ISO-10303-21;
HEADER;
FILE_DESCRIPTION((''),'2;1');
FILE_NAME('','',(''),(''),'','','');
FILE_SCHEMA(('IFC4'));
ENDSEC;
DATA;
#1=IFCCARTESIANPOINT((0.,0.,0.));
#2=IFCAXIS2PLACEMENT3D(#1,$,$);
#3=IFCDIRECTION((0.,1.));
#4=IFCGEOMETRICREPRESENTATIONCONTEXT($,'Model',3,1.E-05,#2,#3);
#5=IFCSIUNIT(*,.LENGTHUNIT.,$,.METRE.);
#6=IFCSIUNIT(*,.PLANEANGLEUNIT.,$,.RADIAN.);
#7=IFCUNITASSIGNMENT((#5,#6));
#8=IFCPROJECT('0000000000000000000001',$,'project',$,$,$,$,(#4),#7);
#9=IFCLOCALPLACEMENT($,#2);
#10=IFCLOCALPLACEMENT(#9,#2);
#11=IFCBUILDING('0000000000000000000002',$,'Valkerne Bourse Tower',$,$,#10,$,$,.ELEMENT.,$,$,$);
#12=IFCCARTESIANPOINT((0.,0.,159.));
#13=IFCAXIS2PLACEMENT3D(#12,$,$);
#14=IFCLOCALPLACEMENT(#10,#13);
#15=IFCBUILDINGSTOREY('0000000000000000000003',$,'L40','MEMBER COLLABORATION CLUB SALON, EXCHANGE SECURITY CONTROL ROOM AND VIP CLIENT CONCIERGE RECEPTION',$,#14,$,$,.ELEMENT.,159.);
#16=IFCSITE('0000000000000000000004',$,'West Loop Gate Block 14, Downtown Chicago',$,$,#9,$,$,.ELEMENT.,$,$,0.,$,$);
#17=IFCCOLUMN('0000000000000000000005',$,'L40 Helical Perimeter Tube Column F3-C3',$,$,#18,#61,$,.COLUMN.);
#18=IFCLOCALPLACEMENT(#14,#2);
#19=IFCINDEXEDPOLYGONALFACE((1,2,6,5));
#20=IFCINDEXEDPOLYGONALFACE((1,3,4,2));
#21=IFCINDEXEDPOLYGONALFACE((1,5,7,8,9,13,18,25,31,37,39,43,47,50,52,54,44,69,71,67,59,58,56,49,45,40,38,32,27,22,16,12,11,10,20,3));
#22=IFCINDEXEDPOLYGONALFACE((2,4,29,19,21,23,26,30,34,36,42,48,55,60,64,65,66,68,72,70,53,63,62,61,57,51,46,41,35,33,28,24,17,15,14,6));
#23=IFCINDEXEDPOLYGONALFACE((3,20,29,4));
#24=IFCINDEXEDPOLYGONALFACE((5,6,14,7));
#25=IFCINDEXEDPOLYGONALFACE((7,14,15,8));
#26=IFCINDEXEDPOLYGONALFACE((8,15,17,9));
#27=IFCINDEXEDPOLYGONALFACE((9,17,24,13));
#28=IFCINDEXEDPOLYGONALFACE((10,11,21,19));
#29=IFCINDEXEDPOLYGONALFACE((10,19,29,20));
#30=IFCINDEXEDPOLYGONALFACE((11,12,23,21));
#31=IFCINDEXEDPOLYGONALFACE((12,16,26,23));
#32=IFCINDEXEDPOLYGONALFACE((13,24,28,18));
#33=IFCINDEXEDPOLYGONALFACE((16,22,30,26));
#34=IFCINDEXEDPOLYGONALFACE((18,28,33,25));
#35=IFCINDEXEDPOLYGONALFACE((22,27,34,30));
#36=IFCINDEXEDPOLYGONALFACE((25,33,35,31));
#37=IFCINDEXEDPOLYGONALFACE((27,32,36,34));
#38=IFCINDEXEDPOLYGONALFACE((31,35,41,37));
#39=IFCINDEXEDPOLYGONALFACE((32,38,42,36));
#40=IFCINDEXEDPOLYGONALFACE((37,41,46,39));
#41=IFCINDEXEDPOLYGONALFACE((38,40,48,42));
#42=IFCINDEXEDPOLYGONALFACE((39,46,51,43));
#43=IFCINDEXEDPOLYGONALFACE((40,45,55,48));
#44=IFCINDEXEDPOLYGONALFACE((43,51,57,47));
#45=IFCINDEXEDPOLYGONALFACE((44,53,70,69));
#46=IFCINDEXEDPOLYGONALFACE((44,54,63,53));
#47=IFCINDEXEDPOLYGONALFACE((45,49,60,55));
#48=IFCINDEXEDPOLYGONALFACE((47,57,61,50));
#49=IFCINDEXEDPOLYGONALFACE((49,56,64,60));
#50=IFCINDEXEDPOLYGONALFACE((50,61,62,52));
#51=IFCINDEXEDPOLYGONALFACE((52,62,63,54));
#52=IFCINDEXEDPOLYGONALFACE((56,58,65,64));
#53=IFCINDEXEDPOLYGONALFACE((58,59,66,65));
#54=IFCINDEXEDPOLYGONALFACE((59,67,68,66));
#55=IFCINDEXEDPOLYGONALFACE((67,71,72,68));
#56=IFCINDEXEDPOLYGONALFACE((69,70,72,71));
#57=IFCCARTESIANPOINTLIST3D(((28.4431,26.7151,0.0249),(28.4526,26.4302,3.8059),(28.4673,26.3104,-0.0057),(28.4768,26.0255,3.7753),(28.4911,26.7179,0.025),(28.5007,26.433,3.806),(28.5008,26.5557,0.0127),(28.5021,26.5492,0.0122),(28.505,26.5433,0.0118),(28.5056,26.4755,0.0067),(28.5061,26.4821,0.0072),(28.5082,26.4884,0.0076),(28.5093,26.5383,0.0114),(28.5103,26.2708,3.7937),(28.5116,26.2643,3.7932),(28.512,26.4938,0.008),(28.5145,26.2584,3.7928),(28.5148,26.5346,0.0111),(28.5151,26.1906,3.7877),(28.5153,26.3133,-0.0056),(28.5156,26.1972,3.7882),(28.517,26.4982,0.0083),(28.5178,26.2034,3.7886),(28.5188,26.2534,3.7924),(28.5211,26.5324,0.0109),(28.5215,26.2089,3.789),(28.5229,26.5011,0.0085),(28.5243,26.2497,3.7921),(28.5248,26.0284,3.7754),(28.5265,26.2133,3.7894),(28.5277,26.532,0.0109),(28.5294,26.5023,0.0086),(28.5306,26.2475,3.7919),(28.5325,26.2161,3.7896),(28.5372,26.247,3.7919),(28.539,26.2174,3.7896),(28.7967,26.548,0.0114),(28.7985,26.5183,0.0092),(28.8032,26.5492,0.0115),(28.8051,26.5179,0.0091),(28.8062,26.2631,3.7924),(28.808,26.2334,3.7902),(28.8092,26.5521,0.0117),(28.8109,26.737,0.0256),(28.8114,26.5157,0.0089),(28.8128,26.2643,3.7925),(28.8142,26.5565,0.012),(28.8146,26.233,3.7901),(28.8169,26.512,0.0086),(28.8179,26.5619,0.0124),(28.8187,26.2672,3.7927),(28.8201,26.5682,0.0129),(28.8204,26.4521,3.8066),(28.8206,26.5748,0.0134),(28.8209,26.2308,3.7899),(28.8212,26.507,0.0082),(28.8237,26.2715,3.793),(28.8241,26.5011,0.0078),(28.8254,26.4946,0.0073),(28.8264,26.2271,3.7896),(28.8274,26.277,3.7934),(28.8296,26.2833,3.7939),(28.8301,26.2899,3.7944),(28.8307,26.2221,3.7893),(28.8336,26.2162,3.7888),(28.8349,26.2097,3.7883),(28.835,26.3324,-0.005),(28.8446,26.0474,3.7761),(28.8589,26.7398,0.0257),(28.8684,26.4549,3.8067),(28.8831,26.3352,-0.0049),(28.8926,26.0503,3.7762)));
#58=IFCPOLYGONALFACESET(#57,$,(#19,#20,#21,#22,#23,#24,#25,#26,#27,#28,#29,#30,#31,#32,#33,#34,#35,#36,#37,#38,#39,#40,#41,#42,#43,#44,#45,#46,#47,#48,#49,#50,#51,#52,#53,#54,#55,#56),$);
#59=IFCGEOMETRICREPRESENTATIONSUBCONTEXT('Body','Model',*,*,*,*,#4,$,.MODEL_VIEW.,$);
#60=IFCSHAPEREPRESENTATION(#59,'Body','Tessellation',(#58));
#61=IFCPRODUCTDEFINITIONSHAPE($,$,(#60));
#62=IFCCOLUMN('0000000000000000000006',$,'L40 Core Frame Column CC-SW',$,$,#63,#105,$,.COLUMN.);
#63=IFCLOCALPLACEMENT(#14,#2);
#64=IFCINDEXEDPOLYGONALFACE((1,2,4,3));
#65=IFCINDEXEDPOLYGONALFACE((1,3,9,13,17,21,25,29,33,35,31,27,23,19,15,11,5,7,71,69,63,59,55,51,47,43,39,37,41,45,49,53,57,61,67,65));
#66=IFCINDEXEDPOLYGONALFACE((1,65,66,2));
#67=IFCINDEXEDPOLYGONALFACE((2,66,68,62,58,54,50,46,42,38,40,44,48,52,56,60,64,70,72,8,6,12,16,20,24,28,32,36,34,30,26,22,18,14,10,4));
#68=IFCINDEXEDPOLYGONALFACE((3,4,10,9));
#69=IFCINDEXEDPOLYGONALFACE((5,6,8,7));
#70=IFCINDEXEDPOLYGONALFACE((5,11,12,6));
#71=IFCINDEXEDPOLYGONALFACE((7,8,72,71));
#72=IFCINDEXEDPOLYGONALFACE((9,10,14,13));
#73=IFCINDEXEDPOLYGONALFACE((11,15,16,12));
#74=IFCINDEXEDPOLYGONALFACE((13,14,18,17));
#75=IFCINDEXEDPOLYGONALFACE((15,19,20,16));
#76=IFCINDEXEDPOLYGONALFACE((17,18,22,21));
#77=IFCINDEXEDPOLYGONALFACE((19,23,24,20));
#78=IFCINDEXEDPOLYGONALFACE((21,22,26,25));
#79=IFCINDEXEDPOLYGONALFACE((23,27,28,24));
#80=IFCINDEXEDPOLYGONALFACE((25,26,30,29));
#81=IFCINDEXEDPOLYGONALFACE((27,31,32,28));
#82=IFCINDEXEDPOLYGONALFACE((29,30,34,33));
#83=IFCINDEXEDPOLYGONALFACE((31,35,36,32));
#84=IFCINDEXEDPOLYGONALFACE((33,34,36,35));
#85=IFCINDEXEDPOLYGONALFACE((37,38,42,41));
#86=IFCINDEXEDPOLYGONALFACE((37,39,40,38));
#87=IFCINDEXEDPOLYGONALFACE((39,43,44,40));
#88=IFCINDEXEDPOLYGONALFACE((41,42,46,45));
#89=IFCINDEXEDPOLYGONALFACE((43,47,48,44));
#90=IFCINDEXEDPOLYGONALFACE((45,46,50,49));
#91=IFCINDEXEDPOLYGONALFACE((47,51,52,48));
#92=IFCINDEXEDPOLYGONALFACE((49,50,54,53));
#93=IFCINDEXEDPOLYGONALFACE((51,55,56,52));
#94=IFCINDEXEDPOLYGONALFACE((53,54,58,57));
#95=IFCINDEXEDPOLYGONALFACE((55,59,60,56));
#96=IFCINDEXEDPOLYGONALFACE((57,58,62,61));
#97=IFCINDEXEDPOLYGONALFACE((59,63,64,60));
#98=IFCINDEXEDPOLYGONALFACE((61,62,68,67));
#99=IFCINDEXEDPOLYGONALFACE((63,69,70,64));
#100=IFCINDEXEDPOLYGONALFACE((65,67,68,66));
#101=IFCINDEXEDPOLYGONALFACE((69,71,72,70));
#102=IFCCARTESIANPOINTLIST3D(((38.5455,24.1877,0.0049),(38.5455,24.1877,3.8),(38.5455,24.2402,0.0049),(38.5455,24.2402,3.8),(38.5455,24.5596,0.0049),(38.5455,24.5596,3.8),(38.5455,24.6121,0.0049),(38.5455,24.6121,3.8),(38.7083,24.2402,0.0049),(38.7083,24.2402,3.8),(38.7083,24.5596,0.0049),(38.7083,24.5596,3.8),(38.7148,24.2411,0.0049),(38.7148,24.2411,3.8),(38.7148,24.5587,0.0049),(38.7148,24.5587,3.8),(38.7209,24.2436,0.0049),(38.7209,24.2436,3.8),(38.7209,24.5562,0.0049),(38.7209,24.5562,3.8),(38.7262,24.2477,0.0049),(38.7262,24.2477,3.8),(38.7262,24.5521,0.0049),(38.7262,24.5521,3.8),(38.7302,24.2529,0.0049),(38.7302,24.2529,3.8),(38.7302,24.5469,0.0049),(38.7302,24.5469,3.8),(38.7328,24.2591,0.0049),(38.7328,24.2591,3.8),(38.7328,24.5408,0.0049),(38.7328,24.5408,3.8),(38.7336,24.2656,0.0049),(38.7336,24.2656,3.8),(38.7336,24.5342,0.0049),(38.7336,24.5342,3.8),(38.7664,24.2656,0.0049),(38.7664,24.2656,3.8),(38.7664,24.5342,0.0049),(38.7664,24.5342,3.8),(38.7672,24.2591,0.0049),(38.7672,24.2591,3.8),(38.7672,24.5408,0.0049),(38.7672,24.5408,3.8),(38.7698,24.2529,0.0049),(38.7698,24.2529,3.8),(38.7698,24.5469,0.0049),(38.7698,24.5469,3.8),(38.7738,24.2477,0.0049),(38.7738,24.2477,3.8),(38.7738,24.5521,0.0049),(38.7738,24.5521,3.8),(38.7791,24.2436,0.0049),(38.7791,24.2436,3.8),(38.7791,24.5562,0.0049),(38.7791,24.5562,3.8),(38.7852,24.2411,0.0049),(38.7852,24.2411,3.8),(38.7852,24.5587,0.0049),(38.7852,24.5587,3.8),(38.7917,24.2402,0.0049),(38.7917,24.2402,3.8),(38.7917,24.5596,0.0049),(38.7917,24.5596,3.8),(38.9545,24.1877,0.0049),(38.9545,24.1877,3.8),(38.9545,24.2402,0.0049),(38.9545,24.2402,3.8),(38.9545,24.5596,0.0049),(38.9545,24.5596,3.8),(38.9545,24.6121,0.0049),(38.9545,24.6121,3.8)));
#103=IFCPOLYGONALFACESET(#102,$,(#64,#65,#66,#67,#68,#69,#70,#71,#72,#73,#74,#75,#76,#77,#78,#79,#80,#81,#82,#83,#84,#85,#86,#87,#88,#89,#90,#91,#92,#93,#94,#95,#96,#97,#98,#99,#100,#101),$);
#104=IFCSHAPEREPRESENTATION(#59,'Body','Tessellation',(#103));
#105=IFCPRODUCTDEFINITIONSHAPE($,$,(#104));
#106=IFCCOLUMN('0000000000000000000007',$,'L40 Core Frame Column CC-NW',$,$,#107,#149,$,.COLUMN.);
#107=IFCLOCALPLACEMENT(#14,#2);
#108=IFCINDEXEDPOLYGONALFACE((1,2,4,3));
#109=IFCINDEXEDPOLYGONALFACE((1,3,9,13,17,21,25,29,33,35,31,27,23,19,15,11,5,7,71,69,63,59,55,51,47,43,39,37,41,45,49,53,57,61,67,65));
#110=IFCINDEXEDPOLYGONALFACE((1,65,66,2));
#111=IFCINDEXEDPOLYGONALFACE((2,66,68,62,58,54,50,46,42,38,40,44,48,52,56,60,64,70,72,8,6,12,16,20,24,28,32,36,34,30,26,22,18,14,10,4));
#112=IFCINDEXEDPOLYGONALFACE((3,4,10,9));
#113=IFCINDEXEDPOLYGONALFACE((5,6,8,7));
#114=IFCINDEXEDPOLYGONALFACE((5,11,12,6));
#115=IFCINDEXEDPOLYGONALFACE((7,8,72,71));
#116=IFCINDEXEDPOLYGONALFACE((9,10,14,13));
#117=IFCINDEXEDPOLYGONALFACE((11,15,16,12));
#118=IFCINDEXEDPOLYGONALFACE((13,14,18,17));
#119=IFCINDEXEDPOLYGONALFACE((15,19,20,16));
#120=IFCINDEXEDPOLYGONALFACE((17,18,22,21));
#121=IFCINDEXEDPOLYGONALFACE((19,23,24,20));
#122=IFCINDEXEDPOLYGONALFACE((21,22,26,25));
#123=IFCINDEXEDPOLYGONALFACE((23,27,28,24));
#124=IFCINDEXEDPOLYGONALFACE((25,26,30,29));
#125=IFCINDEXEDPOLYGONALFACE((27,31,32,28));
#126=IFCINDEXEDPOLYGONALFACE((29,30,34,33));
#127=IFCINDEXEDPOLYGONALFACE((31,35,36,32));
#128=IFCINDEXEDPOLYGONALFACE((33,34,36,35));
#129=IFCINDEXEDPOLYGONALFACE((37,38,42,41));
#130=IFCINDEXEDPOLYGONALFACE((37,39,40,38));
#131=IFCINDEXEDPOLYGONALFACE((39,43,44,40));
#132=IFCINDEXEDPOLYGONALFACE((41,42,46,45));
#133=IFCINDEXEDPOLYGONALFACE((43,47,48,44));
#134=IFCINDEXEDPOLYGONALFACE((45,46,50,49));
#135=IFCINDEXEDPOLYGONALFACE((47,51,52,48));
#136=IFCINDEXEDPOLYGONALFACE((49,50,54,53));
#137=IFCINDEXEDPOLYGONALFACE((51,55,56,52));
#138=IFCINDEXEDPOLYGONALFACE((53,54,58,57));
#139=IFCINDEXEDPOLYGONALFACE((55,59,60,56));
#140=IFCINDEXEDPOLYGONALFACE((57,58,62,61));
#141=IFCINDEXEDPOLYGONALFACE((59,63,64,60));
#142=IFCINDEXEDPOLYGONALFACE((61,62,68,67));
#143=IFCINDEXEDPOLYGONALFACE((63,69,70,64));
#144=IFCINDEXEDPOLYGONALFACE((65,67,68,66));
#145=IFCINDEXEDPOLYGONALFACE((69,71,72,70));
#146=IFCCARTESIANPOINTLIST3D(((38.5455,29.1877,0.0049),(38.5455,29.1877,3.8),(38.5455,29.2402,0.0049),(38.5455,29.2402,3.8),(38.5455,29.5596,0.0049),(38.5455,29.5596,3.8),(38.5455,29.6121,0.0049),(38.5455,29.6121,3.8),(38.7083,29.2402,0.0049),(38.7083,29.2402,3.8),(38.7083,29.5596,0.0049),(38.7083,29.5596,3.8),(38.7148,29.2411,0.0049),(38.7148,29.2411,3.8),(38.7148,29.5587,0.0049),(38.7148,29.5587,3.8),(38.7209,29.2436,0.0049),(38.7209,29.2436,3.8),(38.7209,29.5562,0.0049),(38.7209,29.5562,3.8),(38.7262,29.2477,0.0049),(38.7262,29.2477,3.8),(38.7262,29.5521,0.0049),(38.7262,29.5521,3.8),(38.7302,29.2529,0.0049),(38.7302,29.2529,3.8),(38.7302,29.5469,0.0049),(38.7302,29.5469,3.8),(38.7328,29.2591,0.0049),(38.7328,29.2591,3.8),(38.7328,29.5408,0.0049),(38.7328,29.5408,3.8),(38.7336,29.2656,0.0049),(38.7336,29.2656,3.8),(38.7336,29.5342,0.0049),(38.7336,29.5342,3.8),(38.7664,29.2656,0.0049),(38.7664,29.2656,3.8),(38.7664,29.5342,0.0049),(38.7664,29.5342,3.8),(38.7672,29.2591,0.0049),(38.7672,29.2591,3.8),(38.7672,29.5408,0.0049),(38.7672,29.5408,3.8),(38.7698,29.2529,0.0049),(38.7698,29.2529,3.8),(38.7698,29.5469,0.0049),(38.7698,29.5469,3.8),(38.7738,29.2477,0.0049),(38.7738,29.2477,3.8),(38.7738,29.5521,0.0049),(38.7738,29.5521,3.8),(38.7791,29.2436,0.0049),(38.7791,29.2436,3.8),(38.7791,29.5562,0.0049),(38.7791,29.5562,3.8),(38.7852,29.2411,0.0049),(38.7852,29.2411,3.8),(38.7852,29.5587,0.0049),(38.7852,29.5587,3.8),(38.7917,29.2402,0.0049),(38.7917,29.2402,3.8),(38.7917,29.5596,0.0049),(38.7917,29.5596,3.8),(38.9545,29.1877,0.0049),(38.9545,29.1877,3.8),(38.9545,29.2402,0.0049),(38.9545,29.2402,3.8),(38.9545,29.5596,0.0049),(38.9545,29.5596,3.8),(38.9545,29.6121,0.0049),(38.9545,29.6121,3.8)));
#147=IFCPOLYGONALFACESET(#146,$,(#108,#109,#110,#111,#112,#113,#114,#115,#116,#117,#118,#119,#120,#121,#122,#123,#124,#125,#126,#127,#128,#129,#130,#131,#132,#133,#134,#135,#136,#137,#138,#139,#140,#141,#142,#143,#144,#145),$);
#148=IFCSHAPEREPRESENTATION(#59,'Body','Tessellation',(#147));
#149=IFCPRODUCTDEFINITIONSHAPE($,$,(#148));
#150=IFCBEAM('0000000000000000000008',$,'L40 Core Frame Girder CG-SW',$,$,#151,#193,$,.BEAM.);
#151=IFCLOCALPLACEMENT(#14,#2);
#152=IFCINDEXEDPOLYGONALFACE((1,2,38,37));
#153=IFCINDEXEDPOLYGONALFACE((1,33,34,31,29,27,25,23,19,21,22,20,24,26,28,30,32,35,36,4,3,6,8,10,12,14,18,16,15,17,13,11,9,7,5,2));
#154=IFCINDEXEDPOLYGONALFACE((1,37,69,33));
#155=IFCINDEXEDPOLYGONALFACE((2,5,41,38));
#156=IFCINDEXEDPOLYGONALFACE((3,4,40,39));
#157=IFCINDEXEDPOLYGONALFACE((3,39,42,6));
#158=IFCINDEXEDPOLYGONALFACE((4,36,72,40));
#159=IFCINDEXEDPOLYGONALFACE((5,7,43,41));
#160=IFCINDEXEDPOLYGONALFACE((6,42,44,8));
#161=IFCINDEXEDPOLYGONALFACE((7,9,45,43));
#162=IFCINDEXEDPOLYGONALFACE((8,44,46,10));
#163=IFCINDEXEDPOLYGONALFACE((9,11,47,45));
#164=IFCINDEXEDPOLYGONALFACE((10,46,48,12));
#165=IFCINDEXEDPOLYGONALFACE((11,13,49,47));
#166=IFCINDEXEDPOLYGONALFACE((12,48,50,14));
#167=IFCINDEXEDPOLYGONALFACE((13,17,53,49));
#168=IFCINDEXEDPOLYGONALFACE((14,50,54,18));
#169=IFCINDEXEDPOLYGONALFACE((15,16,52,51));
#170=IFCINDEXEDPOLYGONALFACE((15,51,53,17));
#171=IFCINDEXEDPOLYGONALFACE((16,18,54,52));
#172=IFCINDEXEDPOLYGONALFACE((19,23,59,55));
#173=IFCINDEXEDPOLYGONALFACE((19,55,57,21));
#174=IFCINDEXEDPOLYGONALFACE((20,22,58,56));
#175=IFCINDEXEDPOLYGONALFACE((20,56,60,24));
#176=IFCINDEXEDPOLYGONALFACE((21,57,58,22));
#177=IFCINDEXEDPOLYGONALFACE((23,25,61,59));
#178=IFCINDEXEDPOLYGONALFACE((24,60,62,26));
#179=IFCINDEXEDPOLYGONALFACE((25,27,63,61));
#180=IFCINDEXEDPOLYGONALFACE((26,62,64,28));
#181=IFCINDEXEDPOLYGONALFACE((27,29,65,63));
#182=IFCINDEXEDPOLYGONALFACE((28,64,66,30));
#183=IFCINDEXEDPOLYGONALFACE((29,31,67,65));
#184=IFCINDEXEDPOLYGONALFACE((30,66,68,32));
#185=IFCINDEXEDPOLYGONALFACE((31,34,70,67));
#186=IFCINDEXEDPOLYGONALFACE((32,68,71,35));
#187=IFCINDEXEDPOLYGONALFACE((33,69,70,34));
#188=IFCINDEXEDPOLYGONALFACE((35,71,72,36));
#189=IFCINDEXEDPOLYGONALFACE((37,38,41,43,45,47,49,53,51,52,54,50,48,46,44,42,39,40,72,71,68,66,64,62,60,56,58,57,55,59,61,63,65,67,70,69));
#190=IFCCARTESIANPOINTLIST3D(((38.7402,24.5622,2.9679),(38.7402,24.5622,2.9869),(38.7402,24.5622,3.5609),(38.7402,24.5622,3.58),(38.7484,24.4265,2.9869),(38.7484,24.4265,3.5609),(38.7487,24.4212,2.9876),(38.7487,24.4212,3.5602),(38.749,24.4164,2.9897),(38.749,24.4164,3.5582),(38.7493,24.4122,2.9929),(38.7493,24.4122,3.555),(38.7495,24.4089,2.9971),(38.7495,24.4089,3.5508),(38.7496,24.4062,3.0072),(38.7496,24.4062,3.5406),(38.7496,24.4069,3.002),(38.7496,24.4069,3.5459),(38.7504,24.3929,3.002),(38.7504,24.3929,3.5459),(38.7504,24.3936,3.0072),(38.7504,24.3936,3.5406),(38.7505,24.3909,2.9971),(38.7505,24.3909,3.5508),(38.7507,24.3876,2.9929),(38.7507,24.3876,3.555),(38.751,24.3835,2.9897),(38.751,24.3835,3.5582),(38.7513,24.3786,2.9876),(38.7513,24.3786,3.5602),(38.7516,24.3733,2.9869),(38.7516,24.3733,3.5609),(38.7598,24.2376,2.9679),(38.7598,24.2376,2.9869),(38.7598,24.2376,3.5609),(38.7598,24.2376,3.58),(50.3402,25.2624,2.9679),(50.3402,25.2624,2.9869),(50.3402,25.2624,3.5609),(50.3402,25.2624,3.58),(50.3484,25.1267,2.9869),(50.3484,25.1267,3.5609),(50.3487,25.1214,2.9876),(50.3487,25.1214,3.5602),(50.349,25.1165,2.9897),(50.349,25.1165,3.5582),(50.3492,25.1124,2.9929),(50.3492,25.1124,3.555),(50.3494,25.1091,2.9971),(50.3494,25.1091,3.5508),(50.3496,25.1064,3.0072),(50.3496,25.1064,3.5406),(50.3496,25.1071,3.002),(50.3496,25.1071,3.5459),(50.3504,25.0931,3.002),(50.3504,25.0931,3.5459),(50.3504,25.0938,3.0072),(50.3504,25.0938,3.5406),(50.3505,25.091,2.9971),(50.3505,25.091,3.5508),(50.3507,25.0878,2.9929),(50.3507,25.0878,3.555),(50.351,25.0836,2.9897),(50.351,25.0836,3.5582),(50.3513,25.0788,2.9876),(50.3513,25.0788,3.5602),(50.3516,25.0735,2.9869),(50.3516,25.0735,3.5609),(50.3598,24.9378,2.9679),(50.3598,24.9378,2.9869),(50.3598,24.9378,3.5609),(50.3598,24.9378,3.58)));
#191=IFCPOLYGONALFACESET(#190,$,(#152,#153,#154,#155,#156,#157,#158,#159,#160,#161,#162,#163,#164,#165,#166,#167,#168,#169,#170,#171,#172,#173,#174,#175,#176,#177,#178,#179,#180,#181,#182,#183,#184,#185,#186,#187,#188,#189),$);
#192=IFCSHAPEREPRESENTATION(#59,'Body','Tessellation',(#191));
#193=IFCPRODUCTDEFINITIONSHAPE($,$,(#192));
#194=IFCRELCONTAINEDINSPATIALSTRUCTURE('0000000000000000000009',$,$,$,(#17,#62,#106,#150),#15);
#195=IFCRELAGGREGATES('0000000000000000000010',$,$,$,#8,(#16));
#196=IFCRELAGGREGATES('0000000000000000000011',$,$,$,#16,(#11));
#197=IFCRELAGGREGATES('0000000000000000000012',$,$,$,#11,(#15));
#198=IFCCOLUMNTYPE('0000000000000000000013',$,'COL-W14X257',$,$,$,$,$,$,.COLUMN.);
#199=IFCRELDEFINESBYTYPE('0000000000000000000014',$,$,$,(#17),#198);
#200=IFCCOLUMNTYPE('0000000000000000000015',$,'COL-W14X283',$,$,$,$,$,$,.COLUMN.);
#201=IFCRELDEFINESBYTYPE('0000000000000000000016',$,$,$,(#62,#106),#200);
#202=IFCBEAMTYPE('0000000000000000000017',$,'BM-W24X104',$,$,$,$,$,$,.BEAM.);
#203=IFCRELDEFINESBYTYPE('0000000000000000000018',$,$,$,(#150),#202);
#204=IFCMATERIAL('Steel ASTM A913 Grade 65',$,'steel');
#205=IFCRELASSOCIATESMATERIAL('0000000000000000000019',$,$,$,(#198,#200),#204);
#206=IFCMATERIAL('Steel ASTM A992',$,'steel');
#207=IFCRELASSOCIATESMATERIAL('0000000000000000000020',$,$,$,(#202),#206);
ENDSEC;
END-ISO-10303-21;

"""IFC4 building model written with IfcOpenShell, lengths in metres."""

from ifc_helpers import new_model, si_unit, direction, frame, origin, origin_2d, place, context, subcontext, project, spatial, i_section, extrude, material, material_profile, profile_set, type_object, element, save


model = new_model("IFC4")

# Units and contexts
model_context = context("Model", 3, precision=1e-05, world=origin(), true_north=direction((0.0, 1.0)))
body_context = subcontext(model_context, "Body", "Model", "MODEL_VIEW")
ifc_project = project(units=[si_unit("LENGTHUNIT", "METRE"), si_unit("PLANEANGLEUNIT", "RADIAN")], contexts=[model_context])

# Site, building, storey
site_placement = place(None, origin())
site = spatial("IfcSite", under=ifc_project, at=site_placement, Name="West Loop Gate Block 14, Downtown Chicago", CompositionType="ELEMENT", RefElevation=0.0)
building_placement = place(site_placement, origin())
building = spatial("IfcBuilding", under=site, at=building_placement, Name="Valkerne Bourse Tower", CompositionType="ELEMENT")
storey_placement = place(building_placement, frame((0.0, 0.0, 159.0)))
storey = spatial("IfcBuildingStorey", under=building, at=storey_placement, Name="L40", Description="MEMBER COLLABORATION CLUB SALON, EXCHANGE SECURITY CONTROL ROOM AND VIP CLIENT CONCIERGE RECEPTION", CompositionType="ELEMENT", Elevation=159.0)

# Columns
ifc_material_1 = material(Name="Steel ASTM A913 Grade 65", Category="steel")
ifc_material_profile_1 = material_profile(ifc_material_1, i_section(OverallWidth=0.4065, OverallDepth=0.4165, WebThickness=0.0298, FlangeThickness=0.0481, FilletRadius=0.0254, at=origin_2d()), Name="W14X257")
ifc_profile_set_1 = profile_set([ifc_material_profile_1], Name="Steel ASTM A913 Grade 65")
column_type_1 = type_object("IfcColumnType", Name="COL-W14X257", PredefinedType="COLUMN", material=ifc_profile_set_1)
column_placement = place(storey_placement, frame((28.6631, 26.5251, 0.01), z_axis=(0.002511, -0.07514, 0.99717), x_axis=(0.059457, -0.995398, -0.075156)))
element("IfcColumn", 1, at=column_placement, inside=storey, type_object=column_type_1, Name="L40 Helical Perimeter Tube Column F3-C3", PredefinedType="COLUMN", context=body_context, shape_type="SweptSolid", body=[
    extrude(i_section(OverallWidth=0.4065, OverallDepth=0.4165, WebThickness=0.0298, FlangeThickness=0.0481, FilletRadius=0.0254, at=origin_2d()), origin(), (0.0, 0.0, 1.0), 3.7917),
])
ifc_material_profile_2 = material_profile(ifc_material_1, i_section(OverallWidth=0.4089, OverallDepth=0.4243, WebThickness=0.0327, FlangeThickness=0.0525, FilletRadius=0.0254, at=origin_2d()), Name="W14X283")
ifc_profile_set_2 = profile_set([ifc_material_profile_2], Name="Steel ASTM A913 Grade 65")
column_type_2 = type_object("IfcColumnType", Name="COL-W14X283", PredefinedType="COLUMN", material=ifc_profile_set_2)
for number, where, z_axis, x_axis, name in (
    (2, (38.75, 24.3999, 0.0049), (0.0, 0.0, 1.0), (1.0, 0.0, 0.0), "L40 Core Frame Column CC-SW"),
    (3, (38.75, 29.3999, 0.0049), (0.0, 0.0, 1.0), (1.0, 0.0, 0.0), "L40 Core Frame Column CC-NW"),
):
    element("IfcColumn", number, at=place(storey_placement, frame(where, z_axis=z_axis, x_axis=x_axis)), inside=storey, type_object=column_type_2, Name=name, PredefinedType="COLUMN", context=body_context, shape_type="SweptSolid", body=[
        extrude(i_section(OverallWidth=0.4089, OverallDepth=0.4243, WebThickness=0.0327, FlangeThickness=0.0525, FilletRadius=0.0254, at=origin_2d()), origin(), (0.0, 0.0, 1.0), 3.7952),
    ])

# Beam
ifc_material_2 = material(Name="Steel ASTM A992", Category="steel")
ifc_material_profile_3 = material_profile(ifc_material_2, i_section(OverallWidth=0.3252, OverallDepth=0.6121, WebThickness=0.0127, FlangeThickness=0.019, FilletRadius=0.0203, at=origin_2d()), Name="W24X104")
ifc_profile_set_3 = profile_set([ifc_material_profile_3], Name="Steel ASTM A992")
beam_type_1 = type_object("IfcBeamType", Name="BM-W24X104", PredefinedType="BEAM", material=ifc_profile_set_3)
beam_1_placement = place(storey_placement, frame((38.75, 24.3999, 3.2739), z_axis=(0.998183, 0.060251, 0.0), x_axis=(-0.060251, 0.998183, 0.0)))
element("IfcBeam", 4, at=beam_1_placement, inside=storey, type_object=beam_type_1, Name="L40 Core Frame Girder CG-SW", PredefinedType="BEAM", context=body_context, shape_type="SweptSolid", body=[
    extrude(i_section(OverallWidth=0.3252, OverallDepth=0.6121, WebThickness=0.0127, FlangeThickness=0.019, FilletRadius=0.0203, at=origin_2d()), origin(), (0.0, 0.0, 1.0), 11.6211),
])

save(model, "model.ifc")
